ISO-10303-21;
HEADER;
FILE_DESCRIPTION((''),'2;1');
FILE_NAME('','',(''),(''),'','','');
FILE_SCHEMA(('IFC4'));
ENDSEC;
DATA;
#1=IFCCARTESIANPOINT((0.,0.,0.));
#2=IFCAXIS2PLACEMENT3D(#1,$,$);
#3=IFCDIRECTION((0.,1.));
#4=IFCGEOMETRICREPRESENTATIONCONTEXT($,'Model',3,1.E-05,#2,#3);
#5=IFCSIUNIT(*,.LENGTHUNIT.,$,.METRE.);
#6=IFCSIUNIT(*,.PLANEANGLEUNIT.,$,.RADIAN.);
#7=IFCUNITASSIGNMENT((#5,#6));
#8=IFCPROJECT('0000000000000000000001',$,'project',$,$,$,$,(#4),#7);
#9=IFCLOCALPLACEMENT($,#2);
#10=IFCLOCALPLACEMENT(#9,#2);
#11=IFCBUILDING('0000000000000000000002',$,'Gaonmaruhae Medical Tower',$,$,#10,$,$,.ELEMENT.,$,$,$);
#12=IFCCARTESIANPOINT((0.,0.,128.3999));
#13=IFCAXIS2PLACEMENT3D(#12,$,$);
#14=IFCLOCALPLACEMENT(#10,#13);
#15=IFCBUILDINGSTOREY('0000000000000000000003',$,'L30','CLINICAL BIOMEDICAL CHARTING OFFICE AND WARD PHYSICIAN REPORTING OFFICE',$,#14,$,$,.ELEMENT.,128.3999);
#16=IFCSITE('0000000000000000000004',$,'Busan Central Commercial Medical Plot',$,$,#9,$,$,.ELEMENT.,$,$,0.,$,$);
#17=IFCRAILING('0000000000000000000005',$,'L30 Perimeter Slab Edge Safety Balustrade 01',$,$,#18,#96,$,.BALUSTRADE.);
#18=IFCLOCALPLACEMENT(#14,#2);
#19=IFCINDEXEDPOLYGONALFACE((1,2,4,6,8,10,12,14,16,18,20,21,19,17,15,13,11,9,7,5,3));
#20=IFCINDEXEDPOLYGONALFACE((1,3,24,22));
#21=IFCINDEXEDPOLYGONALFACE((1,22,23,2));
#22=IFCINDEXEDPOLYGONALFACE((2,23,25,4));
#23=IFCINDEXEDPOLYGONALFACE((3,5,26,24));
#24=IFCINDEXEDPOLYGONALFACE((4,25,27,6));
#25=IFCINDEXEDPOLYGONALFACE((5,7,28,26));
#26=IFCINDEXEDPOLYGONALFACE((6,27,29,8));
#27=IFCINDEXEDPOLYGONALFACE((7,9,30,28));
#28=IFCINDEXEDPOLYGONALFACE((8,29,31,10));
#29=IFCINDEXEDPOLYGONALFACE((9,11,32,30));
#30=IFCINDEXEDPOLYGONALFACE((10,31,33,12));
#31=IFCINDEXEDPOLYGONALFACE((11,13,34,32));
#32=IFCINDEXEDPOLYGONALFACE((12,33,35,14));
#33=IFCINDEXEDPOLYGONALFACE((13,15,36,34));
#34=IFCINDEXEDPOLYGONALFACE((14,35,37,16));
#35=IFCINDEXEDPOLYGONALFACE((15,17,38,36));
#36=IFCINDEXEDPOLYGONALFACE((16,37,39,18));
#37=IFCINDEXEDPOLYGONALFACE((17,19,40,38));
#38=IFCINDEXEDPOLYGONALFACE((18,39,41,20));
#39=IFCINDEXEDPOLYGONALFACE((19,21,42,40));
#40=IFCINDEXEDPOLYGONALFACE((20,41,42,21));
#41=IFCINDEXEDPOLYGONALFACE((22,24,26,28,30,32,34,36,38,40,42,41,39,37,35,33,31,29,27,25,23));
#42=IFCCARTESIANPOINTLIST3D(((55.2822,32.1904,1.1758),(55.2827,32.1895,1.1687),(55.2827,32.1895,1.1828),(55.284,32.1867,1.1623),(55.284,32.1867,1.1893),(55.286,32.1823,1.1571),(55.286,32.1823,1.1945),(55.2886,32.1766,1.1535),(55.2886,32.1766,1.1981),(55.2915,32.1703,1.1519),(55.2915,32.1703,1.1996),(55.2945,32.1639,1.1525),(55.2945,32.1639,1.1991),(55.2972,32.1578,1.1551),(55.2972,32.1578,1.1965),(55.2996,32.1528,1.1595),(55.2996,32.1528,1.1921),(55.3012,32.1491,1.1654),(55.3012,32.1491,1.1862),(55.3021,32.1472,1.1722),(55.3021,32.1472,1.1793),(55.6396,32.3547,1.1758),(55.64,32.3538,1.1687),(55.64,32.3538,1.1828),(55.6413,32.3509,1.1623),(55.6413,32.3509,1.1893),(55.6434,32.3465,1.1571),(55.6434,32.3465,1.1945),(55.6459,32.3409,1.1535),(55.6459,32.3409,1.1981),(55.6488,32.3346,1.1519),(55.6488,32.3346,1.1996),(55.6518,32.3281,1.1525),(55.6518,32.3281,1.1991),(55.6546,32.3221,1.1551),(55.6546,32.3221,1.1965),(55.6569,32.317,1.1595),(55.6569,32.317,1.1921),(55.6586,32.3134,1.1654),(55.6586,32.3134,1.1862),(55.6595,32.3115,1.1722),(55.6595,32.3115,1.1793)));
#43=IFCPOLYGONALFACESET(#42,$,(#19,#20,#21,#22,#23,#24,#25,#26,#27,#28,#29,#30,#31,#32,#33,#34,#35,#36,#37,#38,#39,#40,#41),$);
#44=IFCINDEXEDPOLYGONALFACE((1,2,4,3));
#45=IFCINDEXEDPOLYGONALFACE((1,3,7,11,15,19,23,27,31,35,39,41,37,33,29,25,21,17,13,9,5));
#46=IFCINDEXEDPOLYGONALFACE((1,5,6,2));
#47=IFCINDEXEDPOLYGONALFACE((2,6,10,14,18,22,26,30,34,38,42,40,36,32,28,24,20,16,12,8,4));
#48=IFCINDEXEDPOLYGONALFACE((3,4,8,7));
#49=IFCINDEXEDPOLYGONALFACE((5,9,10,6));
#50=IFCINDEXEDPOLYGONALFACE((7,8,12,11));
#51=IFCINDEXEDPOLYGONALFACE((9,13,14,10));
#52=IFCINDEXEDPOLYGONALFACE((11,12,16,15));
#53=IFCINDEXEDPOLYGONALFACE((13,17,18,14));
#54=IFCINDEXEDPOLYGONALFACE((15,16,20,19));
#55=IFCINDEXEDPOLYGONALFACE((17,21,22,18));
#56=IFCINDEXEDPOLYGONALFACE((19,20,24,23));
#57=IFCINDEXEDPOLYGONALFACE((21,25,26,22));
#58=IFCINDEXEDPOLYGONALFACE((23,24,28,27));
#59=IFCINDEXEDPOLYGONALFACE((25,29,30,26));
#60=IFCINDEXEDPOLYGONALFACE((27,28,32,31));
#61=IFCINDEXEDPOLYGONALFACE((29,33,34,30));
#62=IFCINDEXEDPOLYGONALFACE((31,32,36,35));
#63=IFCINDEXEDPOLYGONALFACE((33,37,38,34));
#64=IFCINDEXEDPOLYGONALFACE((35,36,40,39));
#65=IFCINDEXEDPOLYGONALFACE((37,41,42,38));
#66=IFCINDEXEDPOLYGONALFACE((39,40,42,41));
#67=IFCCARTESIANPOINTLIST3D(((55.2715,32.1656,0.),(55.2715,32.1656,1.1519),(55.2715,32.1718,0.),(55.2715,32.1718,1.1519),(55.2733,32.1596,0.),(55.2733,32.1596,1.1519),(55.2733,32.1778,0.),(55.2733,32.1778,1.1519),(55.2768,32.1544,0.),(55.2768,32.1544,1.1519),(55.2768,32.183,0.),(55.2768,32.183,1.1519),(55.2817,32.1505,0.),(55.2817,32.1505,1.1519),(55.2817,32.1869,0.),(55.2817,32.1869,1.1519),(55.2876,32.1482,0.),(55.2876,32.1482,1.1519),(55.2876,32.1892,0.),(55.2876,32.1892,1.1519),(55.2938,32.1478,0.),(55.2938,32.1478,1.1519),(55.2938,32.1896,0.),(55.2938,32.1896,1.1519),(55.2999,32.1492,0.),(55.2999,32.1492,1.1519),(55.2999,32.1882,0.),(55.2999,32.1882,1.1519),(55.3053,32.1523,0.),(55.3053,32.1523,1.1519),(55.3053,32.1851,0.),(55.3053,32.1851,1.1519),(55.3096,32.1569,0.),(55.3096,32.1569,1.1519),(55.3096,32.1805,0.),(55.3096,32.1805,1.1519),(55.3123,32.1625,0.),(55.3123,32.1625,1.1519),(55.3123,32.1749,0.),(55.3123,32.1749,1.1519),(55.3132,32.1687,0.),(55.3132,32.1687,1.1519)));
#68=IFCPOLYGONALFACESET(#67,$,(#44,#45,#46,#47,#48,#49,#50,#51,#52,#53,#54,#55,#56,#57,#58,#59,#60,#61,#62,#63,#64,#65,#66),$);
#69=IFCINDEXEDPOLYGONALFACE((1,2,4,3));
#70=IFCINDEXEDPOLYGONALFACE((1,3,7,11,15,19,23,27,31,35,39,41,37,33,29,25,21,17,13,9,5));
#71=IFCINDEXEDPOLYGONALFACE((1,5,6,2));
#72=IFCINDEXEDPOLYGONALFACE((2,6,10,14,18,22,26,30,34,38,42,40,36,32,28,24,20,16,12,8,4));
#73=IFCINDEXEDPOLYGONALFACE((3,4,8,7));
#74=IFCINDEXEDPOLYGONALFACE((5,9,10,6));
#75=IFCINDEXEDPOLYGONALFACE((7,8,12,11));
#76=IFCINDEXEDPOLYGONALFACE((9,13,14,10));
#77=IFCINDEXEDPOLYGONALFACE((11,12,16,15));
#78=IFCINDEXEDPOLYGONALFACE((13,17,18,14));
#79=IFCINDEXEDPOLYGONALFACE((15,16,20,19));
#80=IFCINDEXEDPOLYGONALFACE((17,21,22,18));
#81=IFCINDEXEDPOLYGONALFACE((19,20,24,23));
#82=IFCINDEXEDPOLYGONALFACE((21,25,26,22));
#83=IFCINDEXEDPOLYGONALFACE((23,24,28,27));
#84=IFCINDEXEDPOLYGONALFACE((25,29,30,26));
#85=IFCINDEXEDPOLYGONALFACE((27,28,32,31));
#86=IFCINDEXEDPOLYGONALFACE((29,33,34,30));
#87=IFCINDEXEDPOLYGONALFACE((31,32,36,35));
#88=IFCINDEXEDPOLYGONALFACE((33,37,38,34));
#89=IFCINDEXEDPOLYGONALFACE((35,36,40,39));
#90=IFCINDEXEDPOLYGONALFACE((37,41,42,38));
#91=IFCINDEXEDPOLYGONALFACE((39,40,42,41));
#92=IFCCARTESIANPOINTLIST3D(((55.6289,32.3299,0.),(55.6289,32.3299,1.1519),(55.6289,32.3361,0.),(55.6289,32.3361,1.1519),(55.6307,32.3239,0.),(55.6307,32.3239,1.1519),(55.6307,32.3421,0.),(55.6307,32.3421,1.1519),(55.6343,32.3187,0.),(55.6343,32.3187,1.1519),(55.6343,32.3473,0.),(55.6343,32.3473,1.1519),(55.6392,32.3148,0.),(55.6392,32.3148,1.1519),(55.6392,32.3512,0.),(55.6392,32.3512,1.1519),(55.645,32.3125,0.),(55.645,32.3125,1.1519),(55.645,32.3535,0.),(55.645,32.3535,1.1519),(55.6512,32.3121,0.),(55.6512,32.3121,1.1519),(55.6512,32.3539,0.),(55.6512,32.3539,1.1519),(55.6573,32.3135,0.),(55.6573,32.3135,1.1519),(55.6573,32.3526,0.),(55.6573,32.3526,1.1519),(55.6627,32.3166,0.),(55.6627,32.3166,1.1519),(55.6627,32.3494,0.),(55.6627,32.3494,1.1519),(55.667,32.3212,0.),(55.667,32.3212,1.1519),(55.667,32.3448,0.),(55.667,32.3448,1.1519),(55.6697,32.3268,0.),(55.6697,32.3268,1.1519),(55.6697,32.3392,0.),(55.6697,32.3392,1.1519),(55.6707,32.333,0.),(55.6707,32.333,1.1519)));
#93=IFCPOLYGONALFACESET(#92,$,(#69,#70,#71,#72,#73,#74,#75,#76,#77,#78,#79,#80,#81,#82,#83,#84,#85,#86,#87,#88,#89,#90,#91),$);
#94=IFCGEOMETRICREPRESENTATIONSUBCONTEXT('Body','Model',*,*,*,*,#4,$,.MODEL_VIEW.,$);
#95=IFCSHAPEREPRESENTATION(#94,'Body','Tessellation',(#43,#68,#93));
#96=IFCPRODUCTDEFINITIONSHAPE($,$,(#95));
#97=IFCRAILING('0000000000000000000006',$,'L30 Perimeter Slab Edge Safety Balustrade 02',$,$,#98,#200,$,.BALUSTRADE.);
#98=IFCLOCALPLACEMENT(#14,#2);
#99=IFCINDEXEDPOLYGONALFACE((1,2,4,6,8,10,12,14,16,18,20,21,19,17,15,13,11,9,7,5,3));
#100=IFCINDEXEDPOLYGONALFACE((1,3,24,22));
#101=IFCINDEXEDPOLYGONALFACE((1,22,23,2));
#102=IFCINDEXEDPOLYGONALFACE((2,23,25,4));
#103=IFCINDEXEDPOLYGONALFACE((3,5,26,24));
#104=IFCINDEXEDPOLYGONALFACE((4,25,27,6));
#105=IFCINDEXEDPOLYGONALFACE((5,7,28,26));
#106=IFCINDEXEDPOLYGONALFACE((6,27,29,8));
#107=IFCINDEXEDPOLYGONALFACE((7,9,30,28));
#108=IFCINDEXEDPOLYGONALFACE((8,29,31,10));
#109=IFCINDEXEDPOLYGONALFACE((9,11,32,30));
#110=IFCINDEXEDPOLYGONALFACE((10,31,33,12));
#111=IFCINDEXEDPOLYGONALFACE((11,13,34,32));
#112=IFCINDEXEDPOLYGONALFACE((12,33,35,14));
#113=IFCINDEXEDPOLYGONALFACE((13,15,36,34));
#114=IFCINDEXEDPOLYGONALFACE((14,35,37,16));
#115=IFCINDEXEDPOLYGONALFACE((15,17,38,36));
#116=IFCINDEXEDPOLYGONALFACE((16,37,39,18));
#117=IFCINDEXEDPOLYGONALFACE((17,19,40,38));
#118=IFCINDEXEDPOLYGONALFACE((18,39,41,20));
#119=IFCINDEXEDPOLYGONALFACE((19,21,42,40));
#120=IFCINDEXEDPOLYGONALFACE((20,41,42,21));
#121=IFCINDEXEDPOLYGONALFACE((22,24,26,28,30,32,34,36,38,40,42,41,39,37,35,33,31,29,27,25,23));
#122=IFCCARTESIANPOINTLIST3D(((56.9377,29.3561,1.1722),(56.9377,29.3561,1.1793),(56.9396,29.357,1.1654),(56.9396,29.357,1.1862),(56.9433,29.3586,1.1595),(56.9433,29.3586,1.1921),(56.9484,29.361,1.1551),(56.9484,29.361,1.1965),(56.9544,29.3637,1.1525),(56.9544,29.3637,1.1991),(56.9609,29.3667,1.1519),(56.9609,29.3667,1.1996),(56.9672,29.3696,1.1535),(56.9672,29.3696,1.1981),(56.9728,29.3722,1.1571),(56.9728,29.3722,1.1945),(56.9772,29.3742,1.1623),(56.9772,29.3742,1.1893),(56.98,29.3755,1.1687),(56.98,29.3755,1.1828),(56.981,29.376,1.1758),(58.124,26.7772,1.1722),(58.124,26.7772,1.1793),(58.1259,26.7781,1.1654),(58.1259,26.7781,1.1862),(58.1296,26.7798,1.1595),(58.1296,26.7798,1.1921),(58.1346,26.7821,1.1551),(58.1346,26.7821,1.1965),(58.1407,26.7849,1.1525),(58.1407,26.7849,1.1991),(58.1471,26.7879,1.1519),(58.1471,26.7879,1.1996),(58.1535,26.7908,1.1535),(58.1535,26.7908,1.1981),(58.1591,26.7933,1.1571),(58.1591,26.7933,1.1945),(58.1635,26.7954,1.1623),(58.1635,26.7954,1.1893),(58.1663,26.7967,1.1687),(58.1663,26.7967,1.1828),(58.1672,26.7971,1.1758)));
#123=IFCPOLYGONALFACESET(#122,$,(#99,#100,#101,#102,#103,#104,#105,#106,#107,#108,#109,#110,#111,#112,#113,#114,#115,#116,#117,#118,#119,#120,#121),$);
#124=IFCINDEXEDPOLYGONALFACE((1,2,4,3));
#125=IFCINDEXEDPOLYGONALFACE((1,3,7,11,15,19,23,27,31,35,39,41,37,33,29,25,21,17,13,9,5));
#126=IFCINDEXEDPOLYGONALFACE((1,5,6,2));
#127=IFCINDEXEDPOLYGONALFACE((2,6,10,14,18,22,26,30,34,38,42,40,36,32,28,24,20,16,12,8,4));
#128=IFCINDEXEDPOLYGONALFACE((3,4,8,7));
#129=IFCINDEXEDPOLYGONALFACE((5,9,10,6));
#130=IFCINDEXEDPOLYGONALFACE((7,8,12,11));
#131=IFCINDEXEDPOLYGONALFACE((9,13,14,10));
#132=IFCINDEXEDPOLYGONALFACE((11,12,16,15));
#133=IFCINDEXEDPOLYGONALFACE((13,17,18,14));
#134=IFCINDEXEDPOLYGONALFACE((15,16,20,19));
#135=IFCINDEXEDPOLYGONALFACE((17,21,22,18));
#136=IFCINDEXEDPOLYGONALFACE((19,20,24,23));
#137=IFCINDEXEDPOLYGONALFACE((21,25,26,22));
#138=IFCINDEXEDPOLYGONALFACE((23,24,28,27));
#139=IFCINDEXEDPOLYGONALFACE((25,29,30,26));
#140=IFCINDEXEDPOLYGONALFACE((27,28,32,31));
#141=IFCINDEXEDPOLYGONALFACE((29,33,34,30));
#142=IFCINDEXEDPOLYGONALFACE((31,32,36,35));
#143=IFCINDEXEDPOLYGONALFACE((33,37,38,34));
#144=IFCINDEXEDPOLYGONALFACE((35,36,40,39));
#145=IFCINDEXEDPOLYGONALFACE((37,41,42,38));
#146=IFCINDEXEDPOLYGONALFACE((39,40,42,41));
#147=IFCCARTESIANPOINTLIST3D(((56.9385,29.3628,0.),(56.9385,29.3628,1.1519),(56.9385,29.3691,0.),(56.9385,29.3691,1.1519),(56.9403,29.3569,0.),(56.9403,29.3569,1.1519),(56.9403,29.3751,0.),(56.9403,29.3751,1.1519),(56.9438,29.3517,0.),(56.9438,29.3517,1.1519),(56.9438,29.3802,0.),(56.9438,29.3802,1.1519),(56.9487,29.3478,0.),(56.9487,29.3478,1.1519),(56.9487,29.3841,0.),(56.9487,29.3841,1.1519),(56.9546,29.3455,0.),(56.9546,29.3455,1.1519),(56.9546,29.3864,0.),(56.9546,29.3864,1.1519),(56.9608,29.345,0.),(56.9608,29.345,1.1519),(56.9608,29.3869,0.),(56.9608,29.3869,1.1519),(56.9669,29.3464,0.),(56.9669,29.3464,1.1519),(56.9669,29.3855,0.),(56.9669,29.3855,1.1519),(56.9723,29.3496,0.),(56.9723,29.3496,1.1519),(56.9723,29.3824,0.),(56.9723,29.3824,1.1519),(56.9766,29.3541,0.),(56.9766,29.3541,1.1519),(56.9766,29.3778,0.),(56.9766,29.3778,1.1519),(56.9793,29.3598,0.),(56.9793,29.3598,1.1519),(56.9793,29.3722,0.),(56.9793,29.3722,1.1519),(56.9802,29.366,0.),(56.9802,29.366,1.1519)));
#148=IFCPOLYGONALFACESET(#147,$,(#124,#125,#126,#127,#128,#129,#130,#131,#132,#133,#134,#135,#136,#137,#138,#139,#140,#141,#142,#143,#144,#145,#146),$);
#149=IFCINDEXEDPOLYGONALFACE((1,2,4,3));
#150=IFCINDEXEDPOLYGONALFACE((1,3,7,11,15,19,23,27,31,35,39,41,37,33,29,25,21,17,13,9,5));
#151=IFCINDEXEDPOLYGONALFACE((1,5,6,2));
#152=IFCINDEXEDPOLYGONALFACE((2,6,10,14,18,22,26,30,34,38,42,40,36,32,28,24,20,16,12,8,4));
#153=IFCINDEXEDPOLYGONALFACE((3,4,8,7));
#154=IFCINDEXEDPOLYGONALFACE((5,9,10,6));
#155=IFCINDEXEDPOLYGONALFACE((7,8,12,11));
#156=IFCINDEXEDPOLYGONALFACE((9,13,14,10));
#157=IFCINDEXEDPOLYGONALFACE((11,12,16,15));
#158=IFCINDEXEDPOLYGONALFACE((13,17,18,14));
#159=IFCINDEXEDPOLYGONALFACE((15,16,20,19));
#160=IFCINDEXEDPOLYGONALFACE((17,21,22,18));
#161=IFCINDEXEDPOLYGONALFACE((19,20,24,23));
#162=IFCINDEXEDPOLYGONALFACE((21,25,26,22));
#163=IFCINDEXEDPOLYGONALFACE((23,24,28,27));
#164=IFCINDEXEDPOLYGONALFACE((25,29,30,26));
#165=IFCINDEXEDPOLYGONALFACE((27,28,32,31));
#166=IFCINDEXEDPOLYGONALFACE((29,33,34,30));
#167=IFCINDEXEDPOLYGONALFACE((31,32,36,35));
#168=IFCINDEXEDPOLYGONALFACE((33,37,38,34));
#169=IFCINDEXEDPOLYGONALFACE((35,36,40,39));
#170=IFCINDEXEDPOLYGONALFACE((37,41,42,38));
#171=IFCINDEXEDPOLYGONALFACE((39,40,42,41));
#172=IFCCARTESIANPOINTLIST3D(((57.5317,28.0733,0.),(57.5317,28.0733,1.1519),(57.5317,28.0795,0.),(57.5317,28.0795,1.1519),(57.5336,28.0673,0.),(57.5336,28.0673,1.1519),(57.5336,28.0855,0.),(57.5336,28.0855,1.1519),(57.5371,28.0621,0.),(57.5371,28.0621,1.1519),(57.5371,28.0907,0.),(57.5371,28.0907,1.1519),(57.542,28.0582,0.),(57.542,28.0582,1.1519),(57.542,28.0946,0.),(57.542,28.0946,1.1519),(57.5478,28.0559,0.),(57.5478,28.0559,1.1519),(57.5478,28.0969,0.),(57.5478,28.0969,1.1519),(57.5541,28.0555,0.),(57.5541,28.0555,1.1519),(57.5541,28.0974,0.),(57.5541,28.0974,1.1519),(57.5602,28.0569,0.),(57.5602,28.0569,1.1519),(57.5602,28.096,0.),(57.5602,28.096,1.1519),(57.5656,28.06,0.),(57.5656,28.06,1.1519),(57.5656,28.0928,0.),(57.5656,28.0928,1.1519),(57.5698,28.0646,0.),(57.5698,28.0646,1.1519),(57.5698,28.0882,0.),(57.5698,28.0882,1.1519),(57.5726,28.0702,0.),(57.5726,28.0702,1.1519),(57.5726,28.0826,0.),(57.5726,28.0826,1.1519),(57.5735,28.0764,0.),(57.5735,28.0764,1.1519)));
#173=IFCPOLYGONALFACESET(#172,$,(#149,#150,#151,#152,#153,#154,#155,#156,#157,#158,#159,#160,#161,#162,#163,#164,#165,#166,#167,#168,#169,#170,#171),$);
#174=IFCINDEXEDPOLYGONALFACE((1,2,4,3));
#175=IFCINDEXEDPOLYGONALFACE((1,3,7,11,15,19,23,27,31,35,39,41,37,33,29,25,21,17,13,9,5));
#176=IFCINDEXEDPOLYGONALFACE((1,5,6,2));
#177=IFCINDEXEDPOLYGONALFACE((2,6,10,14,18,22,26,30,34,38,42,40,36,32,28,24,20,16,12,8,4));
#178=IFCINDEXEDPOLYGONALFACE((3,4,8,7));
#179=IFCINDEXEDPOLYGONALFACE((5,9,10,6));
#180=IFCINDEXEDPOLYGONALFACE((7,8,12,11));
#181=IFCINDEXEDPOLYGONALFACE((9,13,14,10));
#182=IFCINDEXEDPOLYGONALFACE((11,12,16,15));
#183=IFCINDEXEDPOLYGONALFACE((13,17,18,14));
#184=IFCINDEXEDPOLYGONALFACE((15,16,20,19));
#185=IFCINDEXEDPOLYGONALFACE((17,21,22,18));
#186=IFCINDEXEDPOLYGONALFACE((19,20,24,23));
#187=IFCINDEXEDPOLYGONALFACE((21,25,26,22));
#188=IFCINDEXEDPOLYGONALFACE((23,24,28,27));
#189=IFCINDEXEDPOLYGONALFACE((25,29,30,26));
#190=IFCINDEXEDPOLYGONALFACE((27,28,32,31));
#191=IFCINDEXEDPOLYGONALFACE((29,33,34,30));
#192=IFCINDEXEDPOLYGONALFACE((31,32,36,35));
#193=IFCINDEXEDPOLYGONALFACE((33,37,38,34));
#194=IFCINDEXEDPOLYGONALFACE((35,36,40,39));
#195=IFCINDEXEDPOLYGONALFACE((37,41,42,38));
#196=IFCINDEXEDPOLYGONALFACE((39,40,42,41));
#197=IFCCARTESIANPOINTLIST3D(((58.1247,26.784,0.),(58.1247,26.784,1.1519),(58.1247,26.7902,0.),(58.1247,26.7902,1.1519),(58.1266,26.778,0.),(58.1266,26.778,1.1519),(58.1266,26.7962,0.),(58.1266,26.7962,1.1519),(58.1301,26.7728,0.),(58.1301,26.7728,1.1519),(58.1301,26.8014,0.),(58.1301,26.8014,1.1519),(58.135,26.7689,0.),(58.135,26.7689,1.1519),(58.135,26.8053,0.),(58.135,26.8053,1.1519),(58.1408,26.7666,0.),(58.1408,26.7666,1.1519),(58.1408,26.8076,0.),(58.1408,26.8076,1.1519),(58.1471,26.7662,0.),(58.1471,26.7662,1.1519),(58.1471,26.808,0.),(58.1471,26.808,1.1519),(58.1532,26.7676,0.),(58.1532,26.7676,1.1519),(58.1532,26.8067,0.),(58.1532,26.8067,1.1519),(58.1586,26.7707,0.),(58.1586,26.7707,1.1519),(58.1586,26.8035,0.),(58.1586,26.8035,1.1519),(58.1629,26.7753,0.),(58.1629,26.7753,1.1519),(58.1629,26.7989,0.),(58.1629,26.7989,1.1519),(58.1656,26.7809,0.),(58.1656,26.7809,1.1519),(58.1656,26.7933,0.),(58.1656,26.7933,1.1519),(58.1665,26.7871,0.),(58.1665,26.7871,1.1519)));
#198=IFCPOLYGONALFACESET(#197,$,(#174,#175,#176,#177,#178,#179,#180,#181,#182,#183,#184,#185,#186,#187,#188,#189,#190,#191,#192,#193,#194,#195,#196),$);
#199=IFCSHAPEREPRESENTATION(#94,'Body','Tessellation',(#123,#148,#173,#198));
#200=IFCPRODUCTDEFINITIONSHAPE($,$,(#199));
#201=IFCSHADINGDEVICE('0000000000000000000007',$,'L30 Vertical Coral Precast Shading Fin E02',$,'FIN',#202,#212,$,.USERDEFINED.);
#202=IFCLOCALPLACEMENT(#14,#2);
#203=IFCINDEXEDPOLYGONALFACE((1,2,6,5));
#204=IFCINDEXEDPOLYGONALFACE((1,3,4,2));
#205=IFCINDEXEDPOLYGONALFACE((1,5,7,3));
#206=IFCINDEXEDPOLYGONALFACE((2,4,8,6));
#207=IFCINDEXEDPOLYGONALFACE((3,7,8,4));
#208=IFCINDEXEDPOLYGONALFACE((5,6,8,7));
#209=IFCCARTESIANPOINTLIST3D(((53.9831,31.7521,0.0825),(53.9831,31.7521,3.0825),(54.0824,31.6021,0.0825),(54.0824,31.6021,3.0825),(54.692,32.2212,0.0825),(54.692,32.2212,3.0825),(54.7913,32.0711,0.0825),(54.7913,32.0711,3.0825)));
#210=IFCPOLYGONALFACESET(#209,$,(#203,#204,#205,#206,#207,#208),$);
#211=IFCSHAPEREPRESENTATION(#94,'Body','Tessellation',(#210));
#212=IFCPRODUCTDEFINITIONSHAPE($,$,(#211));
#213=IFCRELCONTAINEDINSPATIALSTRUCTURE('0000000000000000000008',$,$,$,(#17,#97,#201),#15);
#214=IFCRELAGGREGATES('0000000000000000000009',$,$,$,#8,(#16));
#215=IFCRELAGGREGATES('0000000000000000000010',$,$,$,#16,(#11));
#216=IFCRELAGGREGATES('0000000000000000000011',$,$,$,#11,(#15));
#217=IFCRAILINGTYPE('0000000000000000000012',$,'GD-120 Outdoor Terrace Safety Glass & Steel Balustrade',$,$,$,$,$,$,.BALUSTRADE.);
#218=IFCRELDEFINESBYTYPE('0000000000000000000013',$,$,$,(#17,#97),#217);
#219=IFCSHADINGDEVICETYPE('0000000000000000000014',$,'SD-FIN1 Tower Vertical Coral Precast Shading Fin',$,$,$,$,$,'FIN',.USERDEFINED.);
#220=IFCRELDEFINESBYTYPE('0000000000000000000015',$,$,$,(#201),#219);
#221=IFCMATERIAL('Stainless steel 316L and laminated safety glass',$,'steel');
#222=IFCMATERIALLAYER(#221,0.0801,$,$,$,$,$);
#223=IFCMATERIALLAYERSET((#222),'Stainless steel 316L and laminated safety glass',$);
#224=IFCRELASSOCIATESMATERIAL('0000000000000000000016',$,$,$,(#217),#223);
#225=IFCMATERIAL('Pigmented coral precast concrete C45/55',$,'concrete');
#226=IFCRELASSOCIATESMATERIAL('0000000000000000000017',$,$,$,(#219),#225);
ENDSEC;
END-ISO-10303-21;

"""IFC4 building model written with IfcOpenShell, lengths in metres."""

from ifc_helpers import new_model, si_unit, direction, frame, origin, origin_2d, place, context, subcontext, project, spatial, rectangle, circle, extrude, material, layer, layer_set, type_object, element, save


model = new_model("IFC4")

# Units and contexts
model_context = context("Model", 3, precision=1e-05, world=origin(), true_north=direction((0.0, 1.0)))
body_context = subcontext(model_context, "Body", "Model", "MODEL_VIEW")
ifc_project = project(units=[si_unit("LENGTHUNIT", "METRE"), si_unit("PLANEANGLEUNIT", "RADIAN")], contexts=[model_context])

# Site, building, storey
site_placement = place(None, origin())
site = spatial("IfcSite", under=ifc_project, at=site_placement, Name="Busan Central Commercial Medical Plot", CompositionType="ELEMENT", RefElevation=0.0)
building_placement = place(site_placement, origin())
building = spatial("IfcBuilding", under=site, at=building_placement, Name="Gaonmaruhae Medical Tower", CompositionType="ELEMENT")
storey_placement = place(building_placement, frame((0.0, 0.0, 128.3999)))
storey = spatial("IfcBuildingStorey", under=building, at=storey_placement, Name="L30", Description="CLINICAL BIOMEDICAL CHARTING OFFICE AND WARD PHYSICIAN REPORTING OFFICE", CompositionType="ELEMENT", Elevation=128.3999)

# Railings
ifc_material_1 = material(Name="Stainless steel 316L and laminated safety glass", Category="steel")
ifc_layer_1 = layer(ifc_material_1, 0.0801)
ifc_layer_set_1 = layer_set([ifc_layer_1], Name="Stainless steel 316L and laminated safety glass")
railing_type = type_object("IfcRailingType", Name="GD-120 Outdoor Terrace Safety Glass & Steel Balustrade", PredefinedType="BALUSTRADE", material=ifc_layer_set_1)
railing_1_placement = place(storey_placement, frame((55.2922, 32.1687, 0.0)))
element("IfcRailing", 1, at=railing_1_placement, inside=storey, type_object=railing_type, Name="L30 Perimeter Slab Edge Safety Balustrade 01", PredefinedType="BALUSTRADE", context=body_context, shape_type="SweptSolid", body=[
    extrude(circle(Radius=0.0239, at=origin_2d()), frame((0.0, 0.0, 1.1758), z_axis=(0.908594, 0.41768, 0.0), x_axis=(-0.41768, 0.908594, 0.0)), (0.0, 0.0, 1.0), 0.3933),
    extrude(circle(Radius=0.021, at=origin_2d()), origin(), (0.0, 0.0, 1.0), 1.1519),
    extrude(circle(Radius=0.021, at=origin_2d()), frame((0.3574, 0.1643, 0.0)), (0.0, 0.0, 1.0), 1.1519),
])
railing_2_placement = place(storey_placement, frame((56.9592, 29.366, 0.0)))
element("IfcRailing", 2, at=railing_2_placement, inside=storey, type_object=railing_type, Name="L30 Perimeter Slab Edge Safety Balustrade 02", PredefinedType="BALUSTRADE", context=body_context, shape_type="SweptSolid", body=[
    extrude(circle(Radius=0.0239, at=origin_2d()), frame((0.0, 0.0, 1.1758), z_axis=(0.417907, -0.90849, 0.0), x_axis=(0.90849, 0.417907, 0.0)), (0.0, 0.0, 1.0), 2.8386),
    extrude(circle(Radius=0.021, at=origin_2d()), origin(), (0.0, 0.0, 1.0), 1.1519),
    extrude(circle(Radius=0.021, at=origin_2d()), frame((0.5933, -1.2896, 0.0)), (0.0, 0.0, 1.0), 1.1519),
    extrude(circle(Radius=0.021, at=origin_2d()), frame((1.1863, -2.5789, 0.0)), (0.0, 0.0, 1.0), 1.1519),
])

# Shading device
ifc_material_2 = material(Name="Pigmented coral precast concrete C45/55", Category="concrete")
shading_device_type = type_object("IfcShadingDeviceType", Name="SD-FIN1 Tower Vertical Coral Precast Shading Fin", ElementType="FIN", PredefinedType="USERDEFINED", material=ifc_material_2)
for number, where, z_axis, x_axis, name in (
    (3, (54.3872, 31.9116, 0.0825), (0.0, 0.0, 1.0), (0.551791, -0.833982, 0.0), "L30 Vertical Coral Precast Shading Fin E02"),
):
    element("IfcShadingDevice", number, at=place(storey_placement, frame(where, z_axis=z_axis, x_axis=x_axis)), inside=storey, type_object=shading_device_type, Name=name, ObjectType="FIN", PredefinedType="USERDEFINED", context=body_context, shape_type="SweptSolid", body=[
        extrude(rectangle(XDim=0.1799, YDim=0.8501, at=origin_2d()), origin(), (0.0, 0.0, 1.0), 3.0),
    ])

save(model, "model.ifc")
